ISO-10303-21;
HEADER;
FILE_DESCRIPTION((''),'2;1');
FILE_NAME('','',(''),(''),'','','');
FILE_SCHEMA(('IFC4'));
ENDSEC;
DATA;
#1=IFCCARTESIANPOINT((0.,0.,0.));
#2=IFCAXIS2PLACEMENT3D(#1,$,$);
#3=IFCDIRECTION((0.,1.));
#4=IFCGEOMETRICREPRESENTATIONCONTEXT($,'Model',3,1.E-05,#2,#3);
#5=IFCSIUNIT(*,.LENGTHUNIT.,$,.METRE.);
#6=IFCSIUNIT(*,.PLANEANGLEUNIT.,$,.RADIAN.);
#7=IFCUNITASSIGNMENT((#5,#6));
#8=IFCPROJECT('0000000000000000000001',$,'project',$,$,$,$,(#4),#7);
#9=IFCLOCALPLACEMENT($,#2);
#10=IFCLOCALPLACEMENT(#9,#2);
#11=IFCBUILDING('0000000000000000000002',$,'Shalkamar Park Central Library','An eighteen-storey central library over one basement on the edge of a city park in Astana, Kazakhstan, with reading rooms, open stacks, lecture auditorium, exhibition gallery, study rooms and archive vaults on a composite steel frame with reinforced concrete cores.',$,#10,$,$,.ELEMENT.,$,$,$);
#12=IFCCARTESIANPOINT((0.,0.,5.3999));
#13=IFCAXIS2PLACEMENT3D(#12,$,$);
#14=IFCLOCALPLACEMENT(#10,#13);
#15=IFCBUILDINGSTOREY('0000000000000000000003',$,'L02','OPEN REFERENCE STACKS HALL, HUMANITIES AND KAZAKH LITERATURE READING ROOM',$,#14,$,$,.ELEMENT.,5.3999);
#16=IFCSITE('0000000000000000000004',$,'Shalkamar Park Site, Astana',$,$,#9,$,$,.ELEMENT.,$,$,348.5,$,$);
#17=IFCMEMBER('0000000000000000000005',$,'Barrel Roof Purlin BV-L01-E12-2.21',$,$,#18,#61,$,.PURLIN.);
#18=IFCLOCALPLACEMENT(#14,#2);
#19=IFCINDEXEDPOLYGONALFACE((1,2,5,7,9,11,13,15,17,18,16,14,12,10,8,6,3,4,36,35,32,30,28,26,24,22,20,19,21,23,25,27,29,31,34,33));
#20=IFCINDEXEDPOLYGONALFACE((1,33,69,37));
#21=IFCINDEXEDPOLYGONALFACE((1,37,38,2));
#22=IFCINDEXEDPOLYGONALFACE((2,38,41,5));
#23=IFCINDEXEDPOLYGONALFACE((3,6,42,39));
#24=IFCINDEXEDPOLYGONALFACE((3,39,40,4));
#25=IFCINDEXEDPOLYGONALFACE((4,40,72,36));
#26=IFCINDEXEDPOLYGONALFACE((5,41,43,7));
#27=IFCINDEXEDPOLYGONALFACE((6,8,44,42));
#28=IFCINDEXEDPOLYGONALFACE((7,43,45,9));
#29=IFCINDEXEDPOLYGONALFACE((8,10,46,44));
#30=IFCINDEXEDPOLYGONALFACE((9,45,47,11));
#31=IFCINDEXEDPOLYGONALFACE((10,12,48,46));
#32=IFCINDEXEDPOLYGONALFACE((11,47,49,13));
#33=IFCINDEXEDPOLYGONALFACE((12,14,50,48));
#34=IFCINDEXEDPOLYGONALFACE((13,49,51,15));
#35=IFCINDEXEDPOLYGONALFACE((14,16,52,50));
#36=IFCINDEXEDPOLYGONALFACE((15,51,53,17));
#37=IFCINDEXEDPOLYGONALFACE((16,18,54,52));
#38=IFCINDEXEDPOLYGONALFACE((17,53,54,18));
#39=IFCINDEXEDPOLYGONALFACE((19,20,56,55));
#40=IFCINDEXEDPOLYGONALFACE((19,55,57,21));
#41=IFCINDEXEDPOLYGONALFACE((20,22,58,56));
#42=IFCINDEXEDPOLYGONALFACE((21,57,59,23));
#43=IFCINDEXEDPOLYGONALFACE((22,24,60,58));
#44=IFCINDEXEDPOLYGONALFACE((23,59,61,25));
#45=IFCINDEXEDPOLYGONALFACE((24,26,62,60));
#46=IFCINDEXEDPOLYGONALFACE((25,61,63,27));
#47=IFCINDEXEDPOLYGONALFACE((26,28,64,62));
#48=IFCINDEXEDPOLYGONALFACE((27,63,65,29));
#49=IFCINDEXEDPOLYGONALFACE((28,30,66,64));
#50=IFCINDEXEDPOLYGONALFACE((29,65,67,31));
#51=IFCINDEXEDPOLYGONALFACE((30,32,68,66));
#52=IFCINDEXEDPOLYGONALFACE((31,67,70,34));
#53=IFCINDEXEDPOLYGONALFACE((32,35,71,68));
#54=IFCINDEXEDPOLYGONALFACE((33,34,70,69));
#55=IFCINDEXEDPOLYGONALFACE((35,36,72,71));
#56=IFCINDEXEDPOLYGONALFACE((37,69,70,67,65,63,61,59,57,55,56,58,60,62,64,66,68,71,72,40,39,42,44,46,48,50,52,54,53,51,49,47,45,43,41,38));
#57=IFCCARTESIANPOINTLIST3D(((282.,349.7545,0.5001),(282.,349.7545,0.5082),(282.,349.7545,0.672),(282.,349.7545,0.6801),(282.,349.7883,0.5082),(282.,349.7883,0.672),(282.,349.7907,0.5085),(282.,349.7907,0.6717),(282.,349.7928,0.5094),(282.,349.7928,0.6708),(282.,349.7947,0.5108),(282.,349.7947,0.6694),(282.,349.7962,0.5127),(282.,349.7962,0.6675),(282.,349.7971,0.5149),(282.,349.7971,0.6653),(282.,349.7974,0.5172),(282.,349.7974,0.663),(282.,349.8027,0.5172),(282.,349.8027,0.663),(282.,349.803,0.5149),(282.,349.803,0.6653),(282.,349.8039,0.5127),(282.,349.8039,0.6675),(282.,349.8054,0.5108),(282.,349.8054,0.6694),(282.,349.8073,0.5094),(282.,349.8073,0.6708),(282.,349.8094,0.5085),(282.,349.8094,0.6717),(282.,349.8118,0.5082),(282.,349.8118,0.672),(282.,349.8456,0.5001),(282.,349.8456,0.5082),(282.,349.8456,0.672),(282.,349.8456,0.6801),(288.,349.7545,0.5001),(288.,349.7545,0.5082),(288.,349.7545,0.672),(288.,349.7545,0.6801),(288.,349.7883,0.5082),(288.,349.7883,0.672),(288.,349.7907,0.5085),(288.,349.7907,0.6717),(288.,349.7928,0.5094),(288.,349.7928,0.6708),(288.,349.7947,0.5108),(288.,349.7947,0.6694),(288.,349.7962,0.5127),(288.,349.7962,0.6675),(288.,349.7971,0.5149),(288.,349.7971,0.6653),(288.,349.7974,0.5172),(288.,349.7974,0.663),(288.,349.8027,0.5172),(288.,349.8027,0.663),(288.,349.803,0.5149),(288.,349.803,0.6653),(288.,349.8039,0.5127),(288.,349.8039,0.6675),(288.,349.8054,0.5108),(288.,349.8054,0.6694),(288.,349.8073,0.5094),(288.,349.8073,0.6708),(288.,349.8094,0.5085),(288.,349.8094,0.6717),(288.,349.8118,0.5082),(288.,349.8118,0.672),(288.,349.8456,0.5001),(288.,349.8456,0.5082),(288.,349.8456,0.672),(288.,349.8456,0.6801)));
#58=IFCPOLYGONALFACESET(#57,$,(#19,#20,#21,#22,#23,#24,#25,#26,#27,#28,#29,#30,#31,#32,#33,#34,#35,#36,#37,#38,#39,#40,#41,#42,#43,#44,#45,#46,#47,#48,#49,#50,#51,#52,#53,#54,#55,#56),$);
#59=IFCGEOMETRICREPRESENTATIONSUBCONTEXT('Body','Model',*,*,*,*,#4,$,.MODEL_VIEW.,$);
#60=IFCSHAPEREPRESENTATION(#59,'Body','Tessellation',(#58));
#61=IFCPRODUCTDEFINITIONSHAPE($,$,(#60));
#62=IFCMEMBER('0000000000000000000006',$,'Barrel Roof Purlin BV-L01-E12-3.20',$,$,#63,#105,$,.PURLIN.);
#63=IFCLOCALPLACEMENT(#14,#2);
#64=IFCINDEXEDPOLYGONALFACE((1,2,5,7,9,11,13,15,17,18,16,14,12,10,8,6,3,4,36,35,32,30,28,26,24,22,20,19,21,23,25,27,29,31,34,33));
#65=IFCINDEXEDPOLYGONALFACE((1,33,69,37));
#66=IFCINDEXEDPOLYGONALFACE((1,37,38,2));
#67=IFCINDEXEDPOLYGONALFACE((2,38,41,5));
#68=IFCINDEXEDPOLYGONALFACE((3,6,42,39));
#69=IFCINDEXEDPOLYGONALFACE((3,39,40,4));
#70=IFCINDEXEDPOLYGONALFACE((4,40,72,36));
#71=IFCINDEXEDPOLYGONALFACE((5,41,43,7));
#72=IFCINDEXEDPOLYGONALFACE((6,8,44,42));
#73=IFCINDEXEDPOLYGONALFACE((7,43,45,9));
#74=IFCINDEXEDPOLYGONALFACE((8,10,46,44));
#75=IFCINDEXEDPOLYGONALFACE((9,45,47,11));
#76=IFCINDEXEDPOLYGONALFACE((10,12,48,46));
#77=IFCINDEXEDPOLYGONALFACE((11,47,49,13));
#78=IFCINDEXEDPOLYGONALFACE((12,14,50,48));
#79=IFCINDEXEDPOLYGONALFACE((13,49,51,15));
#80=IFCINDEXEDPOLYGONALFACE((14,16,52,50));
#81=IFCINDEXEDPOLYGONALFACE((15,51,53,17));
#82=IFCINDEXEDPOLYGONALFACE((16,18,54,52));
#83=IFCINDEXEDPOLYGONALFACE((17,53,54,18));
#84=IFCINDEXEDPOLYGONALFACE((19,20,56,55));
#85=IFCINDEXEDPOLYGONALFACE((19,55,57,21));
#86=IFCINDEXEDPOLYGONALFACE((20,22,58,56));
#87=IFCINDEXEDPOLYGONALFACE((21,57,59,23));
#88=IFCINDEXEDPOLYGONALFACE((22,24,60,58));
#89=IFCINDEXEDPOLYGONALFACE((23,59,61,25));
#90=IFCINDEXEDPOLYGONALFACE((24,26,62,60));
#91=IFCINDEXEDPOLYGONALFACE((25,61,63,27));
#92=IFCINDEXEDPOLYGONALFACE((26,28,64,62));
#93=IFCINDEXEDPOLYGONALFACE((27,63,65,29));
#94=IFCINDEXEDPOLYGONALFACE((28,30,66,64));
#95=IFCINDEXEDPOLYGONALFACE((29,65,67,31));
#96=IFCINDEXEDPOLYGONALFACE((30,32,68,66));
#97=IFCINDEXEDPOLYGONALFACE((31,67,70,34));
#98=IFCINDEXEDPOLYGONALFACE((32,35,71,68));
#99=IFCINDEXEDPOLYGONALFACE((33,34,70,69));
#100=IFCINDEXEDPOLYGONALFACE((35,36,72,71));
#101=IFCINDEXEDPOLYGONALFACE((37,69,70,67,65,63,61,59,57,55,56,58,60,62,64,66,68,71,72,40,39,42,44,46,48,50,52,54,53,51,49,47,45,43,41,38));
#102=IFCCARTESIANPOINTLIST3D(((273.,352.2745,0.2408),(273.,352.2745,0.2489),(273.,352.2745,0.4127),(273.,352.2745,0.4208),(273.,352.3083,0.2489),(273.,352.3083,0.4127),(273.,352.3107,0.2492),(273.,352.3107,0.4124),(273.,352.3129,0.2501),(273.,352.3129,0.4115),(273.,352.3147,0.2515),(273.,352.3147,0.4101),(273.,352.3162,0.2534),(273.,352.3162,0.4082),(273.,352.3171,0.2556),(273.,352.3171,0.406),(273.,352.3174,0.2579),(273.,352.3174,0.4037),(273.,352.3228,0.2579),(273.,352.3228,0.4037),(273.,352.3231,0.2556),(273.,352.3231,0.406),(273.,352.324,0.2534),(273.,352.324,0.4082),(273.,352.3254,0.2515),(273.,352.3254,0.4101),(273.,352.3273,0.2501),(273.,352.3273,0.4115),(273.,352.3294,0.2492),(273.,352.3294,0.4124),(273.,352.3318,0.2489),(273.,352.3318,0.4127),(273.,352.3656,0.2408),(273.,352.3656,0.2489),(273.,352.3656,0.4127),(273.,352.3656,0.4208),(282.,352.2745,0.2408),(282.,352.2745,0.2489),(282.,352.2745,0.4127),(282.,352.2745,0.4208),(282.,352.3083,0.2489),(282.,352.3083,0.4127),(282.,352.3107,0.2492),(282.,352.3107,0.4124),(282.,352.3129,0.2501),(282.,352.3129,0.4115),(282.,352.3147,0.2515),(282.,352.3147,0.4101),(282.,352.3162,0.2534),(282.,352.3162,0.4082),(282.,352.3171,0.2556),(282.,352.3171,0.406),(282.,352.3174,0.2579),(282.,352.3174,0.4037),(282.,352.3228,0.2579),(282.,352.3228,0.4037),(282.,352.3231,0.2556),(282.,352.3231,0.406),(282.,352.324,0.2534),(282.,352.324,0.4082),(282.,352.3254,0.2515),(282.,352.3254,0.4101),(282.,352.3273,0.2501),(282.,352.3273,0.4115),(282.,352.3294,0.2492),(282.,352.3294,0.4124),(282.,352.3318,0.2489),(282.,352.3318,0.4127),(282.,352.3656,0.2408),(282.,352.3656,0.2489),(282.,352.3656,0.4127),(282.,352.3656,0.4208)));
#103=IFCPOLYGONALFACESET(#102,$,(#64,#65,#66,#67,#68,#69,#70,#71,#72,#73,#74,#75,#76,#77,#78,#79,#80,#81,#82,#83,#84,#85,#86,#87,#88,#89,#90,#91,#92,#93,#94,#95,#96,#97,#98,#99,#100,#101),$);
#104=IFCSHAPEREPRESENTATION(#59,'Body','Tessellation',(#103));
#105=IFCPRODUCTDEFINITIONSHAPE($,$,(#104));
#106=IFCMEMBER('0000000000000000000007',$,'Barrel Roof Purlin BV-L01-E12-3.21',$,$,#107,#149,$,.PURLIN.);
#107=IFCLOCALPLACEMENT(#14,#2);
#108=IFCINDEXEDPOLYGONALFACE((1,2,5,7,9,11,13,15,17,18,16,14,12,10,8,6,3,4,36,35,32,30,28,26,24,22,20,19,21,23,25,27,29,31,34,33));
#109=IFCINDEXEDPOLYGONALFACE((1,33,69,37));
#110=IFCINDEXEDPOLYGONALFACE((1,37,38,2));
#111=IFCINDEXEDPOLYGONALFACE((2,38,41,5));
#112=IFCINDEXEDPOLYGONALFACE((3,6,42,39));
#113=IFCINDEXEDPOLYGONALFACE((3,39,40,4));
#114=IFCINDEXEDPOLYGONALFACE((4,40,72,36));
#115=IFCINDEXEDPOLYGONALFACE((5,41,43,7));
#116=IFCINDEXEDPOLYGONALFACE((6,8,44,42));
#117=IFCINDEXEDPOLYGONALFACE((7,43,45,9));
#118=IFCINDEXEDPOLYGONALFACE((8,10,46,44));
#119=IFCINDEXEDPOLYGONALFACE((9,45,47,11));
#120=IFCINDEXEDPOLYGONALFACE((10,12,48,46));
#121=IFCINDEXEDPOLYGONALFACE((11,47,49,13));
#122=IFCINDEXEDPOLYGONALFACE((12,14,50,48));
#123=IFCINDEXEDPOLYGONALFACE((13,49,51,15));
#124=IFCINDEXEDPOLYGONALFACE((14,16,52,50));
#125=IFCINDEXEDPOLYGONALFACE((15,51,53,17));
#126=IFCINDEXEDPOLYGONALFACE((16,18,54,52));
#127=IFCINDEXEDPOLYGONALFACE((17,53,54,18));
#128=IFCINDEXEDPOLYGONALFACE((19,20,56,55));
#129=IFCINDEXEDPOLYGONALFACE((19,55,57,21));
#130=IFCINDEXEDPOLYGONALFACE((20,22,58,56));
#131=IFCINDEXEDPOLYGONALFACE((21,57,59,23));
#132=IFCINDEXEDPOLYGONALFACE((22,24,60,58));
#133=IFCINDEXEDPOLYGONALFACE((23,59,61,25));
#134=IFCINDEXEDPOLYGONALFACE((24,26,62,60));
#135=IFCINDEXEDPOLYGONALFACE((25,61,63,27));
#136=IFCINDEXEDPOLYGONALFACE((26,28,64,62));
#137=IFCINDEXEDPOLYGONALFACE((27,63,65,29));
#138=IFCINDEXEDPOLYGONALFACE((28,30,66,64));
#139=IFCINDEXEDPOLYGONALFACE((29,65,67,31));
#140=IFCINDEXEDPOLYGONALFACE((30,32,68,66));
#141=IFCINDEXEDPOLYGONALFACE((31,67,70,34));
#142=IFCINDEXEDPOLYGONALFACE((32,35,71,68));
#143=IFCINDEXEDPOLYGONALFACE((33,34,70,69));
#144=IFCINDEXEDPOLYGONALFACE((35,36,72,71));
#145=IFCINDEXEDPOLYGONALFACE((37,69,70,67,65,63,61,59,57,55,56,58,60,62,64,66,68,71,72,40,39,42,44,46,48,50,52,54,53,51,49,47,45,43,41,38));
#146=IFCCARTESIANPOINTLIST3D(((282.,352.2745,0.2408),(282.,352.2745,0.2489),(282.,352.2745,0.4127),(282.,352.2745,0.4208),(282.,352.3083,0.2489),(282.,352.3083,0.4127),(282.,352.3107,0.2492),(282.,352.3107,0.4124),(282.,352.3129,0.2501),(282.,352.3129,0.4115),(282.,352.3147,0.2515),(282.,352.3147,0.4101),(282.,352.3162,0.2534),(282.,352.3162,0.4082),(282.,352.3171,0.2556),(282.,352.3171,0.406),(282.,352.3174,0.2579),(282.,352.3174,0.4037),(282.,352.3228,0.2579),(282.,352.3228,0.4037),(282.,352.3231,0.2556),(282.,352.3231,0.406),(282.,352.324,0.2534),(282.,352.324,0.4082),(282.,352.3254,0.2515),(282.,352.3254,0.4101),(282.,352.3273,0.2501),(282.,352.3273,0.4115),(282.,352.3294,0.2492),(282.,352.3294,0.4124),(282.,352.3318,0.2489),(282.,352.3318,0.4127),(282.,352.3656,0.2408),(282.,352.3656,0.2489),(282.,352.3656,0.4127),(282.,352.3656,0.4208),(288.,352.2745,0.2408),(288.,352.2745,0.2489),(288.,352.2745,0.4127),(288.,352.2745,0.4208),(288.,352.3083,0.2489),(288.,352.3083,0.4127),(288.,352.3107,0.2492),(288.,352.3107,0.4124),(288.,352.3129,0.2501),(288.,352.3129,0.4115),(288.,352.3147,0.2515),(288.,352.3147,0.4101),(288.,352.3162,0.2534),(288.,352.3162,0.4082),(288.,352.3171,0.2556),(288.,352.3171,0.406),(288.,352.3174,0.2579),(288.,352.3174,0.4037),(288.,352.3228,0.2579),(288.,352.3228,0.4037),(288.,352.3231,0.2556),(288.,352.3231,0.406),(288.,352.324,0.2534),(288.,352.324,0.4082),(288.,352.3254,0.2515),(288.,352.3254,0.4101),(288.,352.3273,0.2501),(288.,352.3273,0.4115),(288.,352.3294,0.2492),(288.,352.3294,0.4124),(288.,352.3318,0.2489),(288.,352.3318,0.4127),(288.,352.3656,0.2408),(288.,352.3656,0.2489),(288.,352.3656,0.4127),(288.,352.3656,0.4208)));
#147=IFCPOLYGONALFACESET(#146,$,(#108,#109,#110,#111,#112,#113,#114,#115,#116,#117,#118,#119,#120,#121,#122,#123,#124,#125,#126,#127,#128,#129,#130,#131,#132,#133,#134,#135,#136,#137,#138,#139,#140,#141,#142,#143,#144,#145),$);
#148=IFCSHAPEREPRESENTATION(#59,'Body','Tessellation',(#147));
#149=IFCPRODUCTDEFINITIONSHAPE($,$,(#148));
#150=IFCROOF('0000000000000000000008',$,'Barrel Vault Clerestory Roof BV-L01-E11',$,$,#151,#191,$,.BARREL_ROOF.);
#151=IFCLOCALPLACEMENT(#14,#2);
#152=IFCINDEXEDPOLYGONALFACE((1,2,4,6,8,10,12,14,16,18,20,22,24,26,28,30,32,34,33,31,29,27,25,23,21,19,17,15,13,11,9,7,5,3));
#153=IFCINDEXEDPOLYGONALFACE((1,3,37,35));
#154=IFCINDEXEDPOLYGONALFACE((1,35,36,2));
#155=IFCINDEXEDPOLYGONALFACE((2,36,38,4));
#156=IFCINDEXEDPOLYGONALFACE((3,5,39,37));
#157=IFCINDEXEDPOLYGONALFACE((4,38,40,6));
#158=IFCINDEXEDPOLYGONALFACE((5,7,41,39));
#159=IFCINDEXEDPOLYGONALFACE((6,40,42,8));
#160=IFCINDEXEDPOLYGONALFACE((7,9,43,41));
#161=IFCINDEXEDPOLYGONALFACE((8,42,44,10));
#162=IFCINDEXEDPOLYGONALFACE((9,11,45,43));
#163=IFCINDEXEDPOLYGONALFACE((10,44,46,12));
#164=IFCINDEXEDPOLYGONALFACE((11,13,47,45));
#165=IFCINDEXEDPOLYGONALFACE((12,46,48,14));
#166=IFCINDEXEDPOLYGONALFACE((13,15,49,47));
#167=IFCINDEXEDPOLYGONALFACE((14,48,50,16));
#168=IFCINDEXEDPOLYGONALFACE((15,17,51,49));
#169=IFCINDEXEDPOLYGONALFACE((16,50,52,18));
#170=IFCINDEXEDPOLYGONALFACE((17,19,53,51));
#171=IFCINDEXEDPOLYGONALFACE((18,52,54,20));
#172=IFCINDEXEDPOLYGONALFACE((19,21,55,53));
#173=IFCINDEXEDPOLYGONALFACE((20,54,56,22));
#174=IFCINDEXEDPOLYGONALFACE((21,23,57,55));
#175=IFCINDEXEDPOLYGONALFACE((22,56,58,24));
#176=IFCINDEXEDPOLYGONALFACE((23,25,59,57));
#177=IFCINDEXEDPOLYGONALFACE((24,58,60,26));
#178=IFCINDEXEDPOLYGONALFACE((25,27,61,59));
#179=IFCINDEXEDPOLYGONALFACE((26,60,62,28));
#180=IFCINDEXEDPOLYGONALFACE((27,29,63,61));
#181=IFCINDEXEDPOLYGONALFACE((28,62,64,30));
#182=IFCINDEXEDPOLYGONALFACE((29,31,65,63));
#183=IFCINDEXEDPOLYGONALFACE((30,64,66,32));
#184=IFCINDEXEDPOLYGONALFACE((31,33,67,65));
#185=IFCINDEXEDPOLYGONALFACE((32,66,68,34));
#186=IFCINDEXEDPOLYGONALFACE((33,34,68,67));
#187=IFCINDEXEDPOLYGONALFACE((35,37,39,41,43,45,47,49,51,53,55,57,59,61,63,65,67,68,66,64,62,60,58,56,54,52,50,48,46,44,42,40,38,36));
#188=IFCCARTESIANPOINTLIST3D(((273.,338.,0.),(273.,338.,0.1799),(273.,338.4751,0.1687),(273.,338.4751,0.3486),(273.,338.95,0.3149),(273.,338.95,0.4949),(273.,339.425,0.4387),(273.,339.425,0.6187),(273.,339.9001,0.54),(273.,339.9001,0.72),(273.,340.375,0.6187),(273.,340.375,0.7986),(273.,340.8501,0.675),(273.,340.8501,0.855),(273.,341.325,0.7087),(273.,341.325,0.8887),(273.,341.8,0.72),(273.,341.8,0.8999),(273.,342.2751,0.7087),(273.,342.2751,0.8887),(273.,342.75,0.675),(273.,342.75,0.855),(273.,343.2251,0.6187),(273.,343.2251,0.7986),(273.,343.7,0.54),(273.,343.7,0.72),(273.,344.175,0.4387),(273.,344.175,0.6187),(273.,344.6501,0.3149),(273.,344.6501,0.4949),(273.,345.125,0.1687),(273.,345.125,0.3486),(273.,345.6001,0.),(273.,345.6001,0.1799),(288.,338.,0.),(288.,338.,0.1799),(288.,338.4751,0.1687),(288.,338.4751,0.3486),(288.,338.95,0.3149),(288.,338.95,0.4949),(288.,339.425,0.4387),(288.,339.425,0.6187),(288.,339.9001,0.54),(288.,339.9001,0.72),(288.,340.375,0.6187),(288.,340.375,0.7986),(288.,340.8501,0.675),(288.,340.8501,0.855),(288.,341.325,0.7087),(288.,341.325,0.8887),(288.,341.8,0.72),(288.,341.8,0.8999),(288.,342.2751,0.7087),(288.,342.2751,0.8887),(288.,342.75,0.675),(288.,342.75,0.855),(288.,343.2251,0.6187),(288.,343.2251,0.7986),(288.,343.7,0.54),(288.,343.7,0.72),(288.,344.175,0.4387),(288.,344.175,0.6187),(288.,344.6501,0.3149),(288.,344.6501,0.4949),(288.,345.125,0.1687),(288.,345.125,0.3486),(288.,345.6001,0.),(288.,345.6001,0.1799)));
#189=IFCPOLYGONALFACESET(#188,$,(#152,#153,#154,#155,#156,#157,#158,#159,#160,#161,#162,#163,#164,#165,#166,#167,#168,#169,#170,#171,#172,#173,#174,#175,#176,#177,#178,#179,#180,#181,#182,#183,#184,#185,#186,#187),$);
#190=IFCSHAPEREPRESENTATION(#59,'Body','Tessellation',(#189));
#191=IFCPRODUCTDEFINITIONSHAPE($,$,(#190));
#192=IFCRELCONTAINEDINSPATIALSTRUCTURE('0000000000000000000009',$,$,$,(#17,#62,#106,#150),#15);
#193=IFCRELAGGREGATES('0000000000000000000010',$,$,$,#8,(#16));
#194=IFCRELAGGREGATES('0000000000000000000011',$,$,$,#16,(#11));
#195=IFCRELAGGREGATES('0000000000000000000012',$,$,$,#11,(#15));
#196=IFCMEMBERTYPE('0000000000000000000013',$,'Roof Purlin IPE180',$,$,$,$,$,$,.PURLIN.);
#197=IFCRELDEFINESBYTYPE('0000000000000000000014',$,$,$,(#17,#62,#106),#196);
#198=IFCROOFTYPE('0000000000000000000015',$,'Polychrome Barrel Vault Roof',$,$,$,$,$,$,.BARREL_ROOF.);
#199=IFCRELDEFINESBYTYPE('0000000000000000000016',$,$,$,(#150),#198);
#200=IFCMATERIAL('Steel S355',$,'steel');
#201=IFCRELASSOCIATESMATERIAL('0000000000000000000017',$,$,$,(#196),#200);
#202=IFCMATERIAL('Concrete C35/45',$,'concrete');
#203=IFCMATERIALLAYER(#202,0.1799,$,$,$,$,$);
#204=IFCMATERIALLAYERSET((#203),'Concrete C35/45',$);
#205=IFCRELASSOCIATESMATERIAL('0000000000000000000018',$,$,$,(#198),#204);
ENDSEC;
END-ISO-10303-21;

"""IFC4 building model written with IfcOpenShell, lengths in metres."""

from ifc_helpers import new_model, si_unit, direction, frame, origin, origin_2d, place, context, subcontext, project, spatial, polyline, i_section, outline, extrude, material, layer, layer_set, material_profile, profile_set, type_object, element, save


model = new_model("IFC4")

# Units and contexts
model_context = context("Model", 3, precision=1e-05, world=origin(), true_north=direction((0.0, 1.0)))
body_context = subcontext(model_context, "Body", "Model", "MODEL_VIEW")
ifc_project = project(units=[si_unit("LENGTHUNIT", "METRE"), si_unit("PLANEANGLEUNIT", "RADIAN")], contexts=[model_context])

# Site, building, storey
site_placement = place(None, origin())
site = spatial("IfcSite", under=ifc_project, at=site_placement, Name="Shalkamar Park Site, Astana", CompositionType="ELEMENT", RefElevation=348.5)
building_placement = place(site_placement, origin())
building = spatial("IfcBuilding", under=site, at=building_placement, Name="Shalkamar Park Central Library", Description="An eighteen-storey central library over one basement on the edge of a city park in Astana, Kazakhstan, with reading rooms, open stacks, lecture auditorium, exhibition gallery, study rooms and archive vaults on a composite steel frame with reinforced concrete cores.", CompositionType="ELEMENT")
storey_placement = place(building_placement, frame((0.0, 0.0, 5.3999)))
storey = spatial("IfcBuildingStorey", under=building, at=storey_placement, Name="L02", Description="OPEN REFERENCE STACKS HALL, HUMANITIES AND KAZAKH LITERATURE READING ROOM", CompositionType="ELEMENT", Elevation=5.3999)

# Members
ifc_material_1 = material(Name="Steel S355", Category="steel")
ifc_material_profile_1 = material_profile(ifc_material_1, i_section(OverallWidth=0.0911, OverallDepth=0.1799, WebThickness=0.0054, FlangeThickness=0.0081, FilletRadius=0.009, at=origin_2d()), Name="IPE 180")
ifc_profile_set_1 = profile_set([ifc_material_profile_1], Name="Steel S355")
member_type_1 = type_object("IfcMemberType", Name="Roof Purlin IPE180", PredefinedType="PURLIN", material=ifc_profile_set_1)
member_1_placement = place(storey_placement, frame((282.0, 349.8, 0.5901), z_axis=(1.0, 0.0, 0.0), x_axis=(0.0, 1.0, 0.0)))
element("IfcMember", 1, at=member_1_placement, inside=storey, type_object=member_type_1, Name="Barrel Roof Purlin BV-L01-E12-2.21", PredefinedType="PURLIN", context=body_context, shape_type="SweptSolid", body=[
    extrude(i_section(OverallWidth=0.0911, OverallDepth=0.1799, WebThickness=0.0054, FlangeThickness=0.0081, FilletRadius=0.009, at=origin_2d()), origin(), (0.0, 0.0, 1.0), 6.0),
])
member_2_placement = place(storey_placement, frame((273.0, 352.3201, 0.3308), z_axis=(1.0, 0.0, 0.0), x_axis=(0.0, 1.0, 0.0)))
element("IfcMember", 2, at=member_2_placement, inside=storey, type_object=member_type_1, Name="Barrel Roof Purlin BV-L01-E12-3.20", PredefinedType="PURLIN", context=body_context, shape_type="SweptSolid", body=[
    extrude(i_section(OverallWidth=0.0911, OverallDepth=0.1799, WebThickness=0.0054, FlangeThickness=0.0081, FilletRadius=0.009, at=origin_2d()), origin(), (0.0, 0.0, 1.0), 9.0),
])
member_3_placement = place(storey_placement, frame((282.0, 352.3201, 0.3308), z_axis=(1.0, 0.0, 0.0), x_axis=(0.0, 1.0, 0.0)))
element("IfcMember", 3, at=member_3_placement, inside=storey, type_object=member_type_1, Name="Barrel Roof Purlin BV-L01-E12-3.21", PredefinedType="PURLIN", context=body_context, shape_type="SweptSolid", body=[
    extrude(i_section(OverallWidth=0.0911, OverallDepth=0.1799, WebThickness=0.0054, FlangeThickness=0.0081, FilletRadius=0.009, at=origin_2d()), origin(), (0.0, 0.0, 1.0), 6.0),
])

# Roof
ifc_material_2 = material(Name="Concrete C35/45", Category="concrete")
ifc_layer = layer(ifc_material_2, 0.1799)
ifc_layer_set = layer_set([ifc_layer], Name="Concrete C35/45")
roof_type = type_object("IfcRoofType", Name="Polychrome Barrel Vault Roof", PredefinedType="BARREL_ROOF", material=ifc_layer_set)
roof_1_placement = place(storey_placement, frame((273.0, 341.8, 0.0), z_axis=(0.0, 0.0, 1.0), x_axis=(1.0, 0.0, 0.0)))
element("IfcRoof", 4, at=roof_1_placement, inside=storey, type_object=roof_type, Name="Barrel Vault Clerestory Roof BV-L01-E11", PredefinedType="BARREL_ROOF", context=body_context, shape_type="SweptSolid", body=[
    extrude(outline(polyline([(-3.8, 0.1799), (-3.325, 0.3486), (-2.8501, 0.4949), (-2.375, 0.6187), (-1.8999, 0.72), (-1.425, 0.7986), (-0.95, 0.855), (-0.4751, 0.8887), (0.0, 0.8999), (0.4751, 0.8887), (0.95, 0.855), (1.425, 0.7986), (1.8999, 0.72), (2.375, 0.6187), (2.8501, 0.4949), (3.325, 0.3486), (3.8, 0.1799), (3.8, 0.0), (3.325, 0.1687), (2.8501, 0.3149), (2.375, 0.4387), (1.8999, 0.54), (1.425, 0.6187), (0.95, 0.675), (0.4751, 0.7087), (0.0, 0.72), (-0.4751, 0.7087), (-0.95, 0.675), (-1.425, 0.6187), (-1.8999, 0.54), (-2.375, 0.4387), (-2.8501, 0.3149), (-3.325, 0.1687), (-3.8, 0.0), (-3.8, 0.1799)])), frame((0.0, 0.0, 0.0), z_axis=(1.0, 0.0, 0.0), x_axis=(0.0, 1.0, 0.0)), (0.0, 0.0, 1.0), 15.0),
])

save(model, "model.ifc")
